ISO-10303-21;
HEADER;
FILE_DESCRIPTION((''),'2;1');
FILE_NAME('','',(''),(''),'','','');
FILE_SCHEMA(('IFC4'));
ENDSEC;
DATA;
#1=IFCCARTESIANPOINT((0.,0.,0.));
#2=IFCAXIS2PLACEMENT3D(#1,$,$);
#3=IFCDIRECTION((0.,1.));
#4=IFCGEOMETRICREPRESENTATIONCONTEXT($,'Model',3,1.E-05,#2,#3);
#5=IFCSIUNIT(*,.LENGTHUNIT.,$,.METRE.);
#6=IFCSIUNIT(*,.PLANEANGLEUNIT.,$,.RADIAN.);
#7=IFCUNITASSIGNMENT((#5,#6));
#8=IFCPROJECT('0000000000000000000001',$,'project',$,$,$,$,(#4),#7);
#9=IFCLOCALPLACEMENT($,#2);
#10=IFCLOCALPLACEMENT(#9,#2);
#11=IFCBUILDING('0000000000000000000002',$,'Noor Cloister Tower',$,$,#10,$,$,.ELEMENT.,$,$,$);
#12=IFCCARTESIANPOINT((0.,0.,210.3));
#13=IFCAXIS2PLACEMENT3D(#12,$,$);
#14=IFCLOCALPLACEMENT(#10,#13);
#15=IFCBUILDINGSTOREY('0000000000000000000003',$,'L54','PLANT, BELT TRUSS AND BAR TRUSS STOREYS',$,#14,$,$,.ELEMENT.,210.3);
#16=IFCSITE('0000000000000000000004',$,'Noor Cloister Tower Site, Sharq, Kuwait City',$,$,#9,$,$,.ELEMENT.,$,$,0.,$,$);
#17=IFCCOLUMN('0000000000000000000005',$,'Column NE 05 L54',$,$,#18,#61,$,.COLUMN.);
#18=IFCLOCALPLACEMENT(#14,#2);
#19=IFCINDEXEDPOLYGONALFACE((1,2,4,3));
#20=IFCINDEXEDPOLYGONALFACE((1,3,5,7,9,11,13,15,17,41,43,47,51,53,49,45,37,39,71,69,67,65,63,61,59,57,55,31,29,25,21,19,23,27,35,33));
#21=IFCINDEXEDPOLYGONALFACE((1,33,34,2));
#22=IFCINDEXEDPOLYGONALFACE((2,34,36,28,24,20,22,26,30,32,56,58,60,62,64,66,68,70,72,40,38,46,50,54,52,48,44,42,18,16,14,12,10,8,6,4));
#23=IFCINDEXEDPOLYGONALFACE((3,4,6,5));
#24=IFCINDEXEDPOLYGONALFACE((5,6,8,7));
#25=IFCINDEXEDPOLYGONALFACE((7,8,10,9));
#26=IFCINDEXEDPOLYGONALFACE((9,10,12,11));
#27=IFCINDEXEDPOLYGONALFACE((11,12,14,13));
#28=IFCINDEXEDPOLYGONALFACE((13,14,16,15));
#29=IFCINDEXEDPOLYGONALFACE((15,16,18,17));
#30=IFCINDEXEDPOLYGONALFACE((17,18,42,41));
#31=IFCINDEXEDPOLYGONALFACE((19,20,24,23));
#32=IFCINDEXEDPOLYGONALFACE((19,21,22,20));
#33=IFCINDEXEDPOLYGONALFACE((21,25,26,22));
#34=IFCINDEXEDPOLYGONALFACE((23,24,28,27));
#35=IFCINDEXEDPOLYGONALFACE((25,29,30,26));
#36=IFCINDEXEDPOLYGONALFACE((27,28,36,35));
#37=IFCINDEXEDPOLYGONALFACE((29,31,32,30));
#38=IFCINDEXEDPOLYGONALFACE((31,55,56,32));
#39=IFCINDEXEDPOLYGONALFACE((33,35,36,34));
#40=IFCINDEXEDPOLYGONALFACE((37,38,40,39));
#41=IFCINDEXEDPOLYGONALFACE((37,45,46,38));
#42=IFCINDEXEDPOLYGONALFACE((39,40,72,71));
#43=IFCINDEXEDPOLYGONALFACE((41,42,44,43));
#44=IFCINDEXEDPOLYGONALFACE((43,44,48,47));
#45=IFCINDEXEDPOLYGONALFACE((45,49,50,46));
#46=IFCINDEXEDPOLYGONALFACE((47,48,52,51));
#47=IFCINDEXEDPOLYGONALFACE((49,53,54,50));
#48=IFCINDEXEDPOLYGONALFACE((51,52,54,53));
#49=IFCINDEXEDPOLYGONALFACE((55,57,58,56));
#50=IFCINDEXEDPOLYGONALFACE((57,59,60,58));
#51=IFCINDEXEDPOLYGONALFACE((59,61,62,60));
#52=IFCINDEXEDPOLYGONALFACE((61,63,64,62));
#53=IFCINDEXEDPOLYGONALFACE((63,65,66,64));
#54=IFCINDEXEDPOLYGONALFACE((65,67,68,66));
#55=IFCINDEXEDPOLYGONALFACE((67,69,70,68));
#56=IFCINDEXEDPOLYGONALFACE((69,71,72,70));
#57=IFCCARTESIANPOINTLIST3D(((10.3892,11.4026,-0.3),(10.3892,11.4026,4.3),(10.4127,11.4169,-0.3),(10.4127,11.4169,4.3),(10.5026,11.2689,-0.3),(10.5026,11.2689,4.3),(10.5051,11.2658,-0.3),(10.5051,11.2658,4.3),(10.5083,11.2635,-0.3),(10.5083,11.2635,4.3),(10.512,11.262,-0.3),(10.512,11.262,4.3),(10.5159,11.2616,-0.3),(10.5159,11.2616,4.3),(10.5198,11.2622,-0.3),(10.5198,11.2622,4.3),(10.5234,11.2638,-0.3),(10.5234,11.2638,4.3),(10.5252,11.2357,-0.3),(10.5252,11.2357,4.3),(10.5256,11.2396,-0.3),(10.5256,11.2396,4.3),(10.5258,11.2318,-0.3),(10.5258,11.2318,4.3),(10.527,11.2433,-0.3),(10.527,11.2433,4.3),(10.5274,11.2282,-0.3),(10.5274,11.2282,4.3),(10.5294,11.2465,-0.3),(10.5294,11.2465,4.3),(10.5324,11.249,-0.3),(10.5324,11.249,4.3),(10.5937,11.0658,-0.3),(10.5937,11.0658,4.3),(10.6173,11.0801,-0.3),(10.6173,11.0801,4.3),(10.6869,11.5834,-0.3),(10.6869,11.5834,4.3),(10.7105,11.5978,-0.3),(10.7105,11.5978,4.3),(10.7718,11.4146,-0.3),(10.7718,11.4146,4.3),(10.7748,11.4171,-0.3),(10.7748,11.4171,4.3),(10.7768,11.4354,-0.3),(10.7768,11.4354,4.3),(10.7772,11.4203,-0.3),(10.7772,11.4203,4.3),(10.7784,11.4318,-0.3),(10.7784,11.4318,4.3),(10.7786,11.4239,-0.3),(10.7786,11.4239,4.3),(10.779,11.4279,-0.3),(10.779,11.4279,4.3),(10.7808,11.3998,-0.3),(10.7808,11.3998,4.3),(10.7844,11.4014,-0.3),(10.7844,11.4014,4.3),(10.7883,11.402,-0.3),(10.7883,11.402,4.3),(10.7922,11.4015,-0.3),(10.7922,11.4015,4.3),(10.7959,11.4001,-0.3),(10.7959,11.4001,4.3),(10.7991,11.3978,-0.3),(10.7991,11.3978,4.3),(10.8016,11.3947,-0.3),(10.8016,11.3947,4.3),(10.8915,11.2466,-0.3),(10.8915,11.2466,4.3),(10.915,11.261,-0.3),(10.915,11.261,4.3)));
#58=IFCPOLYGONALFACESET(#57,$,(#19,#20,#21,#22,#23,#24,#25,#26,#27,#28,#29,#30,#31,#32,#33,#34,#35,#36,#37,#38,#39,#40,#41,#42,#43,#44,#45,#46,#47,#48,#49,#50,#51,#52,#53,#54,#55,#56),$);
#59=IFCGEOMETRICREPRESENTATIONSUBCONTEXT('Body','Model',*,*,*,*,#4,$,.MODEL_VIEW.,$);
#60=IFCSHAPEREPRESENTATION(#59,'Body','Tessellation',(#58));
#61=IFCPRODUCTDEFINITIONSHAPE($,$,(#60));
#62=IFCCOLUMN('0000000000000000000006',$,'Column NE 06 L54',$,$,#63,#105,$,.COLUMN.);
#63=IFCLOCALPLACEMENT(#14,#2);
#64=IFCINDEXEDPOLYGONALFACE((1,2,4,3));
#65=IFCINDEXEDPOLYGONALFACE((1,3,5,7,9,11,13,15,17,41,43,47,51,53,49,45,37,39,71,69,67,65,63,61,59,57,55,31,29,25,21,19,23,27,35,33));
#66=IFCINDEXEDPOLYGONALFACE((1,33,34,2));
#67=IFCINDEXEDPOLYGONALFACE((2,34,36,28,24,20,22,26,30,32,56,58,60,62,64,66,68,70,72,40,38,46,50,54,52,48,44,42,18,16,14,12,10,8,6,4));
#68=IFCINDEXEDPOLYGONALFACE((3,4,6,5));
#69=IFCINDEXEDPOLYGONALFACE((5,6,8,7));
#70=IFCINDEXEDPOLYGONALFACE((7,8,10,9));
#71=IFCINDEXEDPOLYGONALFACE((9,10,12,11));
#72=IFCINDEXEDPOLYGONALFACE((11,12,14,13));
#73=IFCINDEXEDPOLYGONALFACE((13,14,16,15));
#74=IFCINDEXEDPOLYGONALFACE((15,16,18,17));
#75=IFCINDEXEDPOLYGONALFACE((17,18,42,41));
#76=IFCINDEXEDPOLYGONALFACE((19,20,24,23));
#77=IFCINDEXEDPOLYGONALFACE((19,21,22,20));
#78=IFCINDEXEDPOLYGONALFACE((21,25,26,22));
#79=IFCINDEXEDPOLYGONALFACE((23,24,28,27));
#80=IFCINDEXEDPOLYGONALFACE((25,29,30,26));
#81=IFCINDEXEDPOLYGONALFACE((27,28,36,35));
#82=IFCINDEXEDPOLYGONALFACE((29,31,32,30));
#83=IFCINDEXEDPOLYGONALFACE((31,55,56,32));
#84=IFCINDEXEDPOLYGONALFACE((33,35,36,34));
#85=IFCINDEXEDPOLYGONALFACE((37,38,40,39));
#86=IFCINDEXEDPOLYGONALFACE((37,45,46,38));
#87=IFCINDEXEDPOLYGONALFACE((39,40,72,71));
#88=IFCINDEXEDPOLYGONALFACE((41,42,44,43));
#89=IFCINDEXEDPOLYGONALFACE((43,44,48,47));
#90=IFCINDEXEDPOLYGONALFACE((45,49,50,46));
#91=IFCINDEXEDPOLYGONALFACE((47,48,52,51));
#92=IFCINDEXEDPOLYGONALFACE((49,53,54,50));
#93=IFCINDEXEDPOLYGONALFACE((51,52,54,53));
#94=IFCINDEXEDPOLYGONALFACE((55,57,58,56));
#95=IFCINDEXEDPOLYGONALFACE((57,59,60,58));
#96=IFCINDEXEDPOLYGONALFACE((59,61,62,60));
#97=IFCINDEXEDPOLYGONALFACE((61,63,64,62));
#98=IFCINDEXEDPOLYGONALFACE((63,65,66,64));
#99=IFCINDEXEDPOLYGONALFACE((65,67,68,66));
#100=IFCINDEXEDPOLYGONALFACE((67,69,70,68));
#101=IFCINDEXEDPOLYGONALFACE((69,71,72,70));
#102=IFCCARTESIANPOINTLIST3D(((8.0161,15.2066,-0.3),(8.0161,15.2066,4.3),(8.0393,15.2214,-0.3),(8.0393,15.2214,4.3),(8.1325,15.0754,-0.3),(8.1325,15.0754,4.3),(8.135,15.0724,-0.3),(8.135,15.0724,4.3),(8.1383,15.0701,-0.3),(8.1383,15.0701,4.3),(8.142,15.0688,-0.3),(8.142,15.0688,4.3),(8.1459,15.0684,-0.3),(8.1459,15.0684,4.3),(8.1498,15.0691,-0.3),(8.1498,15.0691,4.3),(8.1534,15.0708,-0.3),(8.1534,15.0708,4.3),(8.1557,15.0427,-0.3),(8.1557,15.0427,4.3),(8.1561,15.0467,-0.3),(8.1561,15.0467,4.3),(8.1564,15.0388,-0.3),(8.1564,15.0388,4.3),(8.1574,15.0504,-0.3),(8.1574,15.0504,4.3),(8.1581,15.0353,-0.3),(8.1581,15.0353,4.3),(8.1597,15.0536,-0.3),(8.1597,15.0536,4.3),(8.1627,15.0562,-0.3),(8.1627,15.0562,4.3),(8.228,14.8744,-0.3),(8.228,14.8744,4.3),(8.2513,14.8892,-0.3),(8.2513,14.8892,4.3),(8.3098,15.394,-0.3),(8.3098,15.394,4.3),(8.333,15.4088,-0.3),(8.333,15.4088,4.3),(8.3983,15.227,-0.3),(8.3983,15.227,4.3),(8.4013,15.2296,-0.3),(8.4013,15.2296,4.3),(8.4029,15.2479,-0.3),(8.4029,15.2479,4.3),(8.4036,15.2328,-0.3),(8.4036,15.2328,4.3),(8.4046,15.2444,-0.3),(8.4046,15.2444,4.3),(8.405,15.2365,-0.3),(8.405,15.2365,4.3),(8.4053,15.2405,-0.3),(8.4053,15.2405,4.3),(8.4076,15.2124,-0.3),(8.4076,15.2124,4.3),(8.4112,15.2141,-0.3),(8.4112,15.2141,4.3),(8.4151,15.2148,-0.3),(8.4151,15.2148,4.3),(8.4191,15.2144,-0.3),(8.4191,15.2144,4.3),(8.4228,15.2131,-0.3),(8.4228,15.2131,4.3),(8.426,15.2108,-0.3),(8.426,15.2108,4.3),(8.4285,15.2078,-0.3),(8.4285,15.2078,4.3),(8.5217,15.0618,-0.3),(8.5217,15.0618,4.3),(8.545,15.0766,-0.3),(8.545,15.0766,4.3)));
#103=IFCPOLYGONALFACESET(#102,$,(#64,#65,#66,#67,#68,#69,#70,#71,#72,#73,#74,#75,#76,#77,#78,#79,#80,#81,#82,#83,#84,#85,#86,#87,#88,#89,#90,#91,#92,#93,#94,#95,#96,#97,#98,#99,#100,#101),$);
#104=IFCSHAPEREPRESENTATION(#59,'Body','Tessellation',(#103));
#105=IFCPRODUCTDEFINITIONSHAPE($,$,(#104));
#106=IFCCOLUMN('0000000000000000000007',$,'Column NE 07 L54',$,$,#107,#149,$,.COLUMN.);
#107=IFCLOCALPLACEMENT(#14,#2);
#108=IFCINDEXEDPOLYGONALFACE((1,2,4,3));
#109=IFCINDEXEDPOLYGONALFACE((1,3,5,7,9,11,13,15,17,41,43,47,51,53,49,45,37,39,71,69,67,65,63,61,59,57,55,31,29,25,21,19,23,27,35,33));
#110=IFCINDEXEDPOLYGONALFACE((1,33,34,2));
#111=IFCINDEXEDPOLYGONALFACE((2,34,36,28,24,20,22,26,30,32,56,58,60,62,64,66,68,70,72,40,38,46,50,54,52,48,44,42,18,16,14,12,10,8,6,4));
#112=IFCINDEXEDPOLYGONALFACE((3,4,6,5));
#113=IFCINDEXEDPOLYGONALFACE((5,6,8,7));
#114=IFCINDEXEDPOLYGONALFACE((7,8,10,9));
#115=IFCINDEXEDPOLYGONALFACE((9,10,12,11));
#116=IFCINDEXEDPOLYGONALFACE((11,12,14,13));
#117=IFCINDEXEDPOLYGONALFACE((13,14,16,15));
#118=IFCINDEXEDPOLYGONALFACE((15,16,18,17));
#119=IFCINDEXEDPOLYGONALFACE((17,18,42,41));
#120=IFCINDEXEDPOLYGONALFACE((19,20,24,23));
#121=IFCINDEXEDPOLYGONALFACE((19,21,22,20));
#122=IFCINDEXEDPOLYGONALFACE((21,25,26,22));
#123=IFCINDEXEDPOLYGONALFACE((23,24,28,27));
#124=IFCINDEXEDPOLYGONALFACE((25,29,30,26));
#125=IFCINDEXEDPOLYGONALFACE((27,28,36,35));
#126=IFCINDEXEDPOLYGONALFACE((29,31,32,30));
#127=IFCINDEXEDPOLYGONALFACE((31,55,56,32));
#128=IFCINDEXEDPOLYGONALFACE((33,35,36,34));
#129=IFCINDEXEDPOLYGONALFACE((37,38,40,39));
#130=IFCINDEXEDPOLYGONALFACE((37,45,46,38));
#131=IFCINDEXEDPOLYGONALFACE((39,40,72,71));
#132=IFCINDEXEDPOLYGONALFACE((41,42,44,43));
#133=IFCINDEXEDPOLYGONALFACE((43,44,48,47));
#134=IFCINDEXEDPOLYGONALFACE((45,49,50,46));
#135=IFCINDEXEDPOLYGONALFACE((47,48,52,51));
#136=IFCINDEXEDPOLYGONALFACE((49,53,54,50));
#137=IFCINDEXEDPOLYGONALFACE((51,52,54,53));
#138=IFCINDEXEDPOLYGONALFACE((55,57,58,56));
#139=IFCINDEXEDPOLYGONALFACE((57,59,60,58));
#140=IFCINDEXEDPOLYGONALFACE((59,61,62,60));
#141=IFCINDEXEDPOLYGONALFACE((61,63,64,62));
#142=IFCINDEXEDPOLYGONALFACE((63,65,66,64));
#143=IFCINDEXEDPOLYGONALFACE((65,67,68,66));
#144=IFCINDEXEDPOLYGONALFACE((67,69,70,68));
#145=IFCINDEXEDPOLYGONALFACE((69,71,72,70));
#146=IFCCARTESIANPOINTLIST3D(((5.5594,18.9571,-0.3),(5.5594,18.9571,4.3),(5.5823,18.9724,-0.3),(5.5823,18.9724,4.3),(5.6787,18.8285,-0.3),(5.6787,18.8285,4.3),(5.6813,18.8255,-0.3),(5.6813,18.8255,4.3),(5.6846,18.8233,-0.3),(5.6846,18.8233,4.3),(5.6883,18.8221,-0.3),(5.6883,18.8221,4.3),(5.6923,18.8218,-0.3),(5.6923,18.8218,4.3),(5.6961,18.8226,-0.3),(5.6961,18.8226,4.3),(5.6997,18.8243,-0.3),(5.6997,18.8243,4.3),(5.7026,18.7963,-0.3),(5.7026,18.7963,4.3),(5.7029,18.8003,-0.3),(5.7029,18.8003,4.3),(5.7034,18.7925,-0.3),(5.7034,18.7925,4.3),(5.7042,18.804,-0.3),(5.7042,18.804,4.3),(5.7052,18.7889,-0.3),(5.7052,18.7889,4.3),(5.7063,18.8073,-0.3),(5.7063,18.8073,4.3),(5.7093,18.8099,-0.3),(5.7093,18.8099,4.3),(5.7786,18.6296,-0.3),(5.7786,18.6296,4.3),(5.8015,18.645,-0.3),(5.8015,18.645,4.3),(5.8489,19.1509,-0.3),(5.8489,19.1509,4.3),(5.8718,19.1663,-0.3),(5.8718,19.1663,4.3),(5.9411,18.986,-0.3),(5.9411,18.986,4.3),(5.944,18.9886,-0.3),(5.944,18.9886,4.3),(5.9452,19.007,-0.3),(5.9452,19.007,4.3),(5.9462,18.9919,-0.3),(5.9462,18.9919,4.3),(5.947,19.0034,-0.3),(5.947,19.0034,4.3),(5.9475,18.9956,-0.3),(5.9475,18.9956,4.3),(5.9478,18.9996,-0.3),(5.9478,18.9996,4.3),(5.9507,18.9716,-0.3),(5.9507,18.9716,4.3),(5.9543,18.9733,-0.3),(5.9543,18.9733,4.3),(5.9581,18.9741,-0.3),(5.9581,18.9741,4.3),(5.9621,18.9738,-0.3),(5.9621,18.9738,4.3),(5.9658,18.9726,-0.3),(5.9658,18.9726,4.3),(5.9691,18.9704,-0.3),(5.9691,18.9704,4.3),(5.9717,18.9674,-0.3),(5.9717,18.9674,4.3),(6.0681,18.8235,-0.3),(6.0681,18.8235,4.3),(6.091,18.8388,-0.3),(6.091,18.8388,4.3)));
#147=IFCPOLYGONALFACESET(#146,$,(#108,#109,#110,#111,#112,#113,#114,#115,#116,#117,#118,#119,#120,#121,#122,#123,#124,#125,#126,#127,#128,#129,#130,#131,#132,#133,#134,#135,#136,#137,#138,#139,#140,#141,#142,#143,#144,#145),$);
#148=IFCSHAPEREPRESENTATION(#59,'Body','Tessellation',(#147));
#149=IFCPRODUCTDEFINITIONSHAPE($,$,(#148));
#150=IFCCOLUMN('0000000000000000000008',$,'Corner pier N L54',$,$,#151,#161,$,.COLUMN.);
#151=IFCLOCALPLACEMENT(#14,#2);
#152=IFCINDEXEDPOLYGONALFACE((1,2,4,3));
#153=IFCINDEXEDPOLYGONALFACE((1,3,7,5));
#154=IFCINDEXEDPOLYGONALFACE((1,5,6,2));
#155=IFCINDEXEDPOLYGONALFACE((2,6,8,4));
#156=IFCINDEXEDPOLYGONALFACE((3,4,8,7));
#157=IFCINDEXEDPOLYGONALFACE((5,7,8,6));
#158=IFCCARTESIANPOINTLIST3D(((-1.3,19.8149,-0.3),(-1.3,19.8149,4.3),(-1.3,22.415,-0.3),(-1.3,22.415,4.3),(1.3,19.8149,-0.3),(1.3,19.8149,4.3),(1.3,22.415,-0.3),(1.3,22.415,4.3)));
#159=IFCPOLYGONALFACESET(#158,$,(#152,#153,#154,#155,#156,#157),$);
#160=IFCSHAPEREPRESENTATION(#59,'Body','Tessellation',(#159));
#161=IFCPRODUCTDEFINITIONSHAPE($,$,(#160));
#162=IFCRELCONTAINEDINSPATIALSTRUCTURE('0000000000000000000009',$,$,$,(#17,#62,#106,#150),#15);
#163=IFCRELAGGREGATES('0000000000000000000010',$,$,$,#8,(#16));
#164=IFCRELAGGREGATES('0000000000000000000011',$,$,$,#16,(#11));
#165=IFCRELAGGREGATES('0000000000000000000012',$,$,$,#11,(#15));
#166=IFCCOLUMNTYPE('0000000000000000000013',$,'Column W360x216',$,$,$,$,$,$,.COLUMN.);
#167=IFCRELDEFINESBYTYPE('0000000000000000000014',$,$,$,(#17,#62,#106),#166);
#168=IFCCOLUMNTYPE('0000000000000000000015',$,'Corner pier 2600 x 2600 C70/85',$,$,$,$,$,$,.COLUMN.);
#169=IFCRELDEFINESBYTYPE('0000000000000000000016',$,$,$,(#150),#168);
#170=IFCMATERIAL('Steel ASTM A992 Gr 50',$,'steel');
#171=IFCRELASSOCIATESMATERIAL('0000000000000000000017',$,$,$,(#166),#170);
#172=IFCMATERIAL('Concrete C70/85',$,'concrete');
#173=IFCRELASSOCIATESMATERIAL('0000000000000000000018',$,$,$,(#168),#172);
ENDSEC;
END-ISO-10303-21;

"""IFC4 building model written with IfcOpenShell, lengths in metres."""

from ifc_helpers import new_model, si_unit, direction, frame, origin, origin_2d, place, context, subcontext, project, spatial, rectangle, i_section, extrude, material, material_profile, profile_set, type_object, element, save


model = new_model("IFC4")

# Units and contexts
model_context = context("Model", 3, precision=1e-05, world=origin(), true_north=direction((0.0, 1.0)))
body_context = subcontext(model_context, "Body", "Model", "MODEL_VIEW")
ifc_project = project(units=[si_unit("LENGTHUNIT", "METRE"), si_unit("PLANEANGLEUNIT", "RADIAN")], contexts=[model_context])

# Site, building, storey
site_placement = place(None, origin())
site = spatial("IfcSite", under=ifc_project, at=site_placement, Name="Noor Cloister Tower Site, Sharq, Kuwait City", CompositionType="ELEMENT", RefElevation=0.0)
building_placement = place(site_placement, origin())
building = spatial("IfcBuilding", under=site, at=building_placement, Name="Noor Cloister Tower", CompositionType="ELEMENT")
storey_placement = place(building_placement, frame((0.0, 0.0, 210.3)))
storey = spatial("IfcBuildingStorey", under=building, at=storey_placement, Name="L54", Description="PLANT, BELT TRUSS AND BAR TRUSS STOREYS", CompositionType="ELEMENT", Elevation=210.3)

# Columns
ifc_material_1 = material(Name="Steel ASTM A992 Gr 50", Category="steel")
ifc_material_profile_1 = material_profile(ifc_material_1, i_section(OverallWidth=0.394, OverallDepth=0.376, WebThickness=0.0173, FlangeThickness=0.0276, FilletRadius=0.0151, at=origin_2d()), Name="W360x216")
ifc_profile_set_1 = profile_set([ifc_material_profile_1], Name="Steel ASTM A992 Gr 50")
column_type_1 = type_object("IfcColumnType", Name="Column W360x216", PredefinedType="COLUMN", material=ifc_profile_set_1)
for number, where, z_axis, x_axis, name in (
    (1, (10.6521, 11.3318, -0.3), (0.0, 0.0, 1.0), (-0.519044, 0.854747, 0.0), "Column NE 05 L54"),
    (2, (8.2805, 15.1416, -0.3), (0.0, 0.0, 1.0), (-0.537834, 0.843051, 0.0), "Column NE 06 L54"),
    (3, (5.8252, 18.8979, -0.3), (0.0, 0.0, 1.0), (-0.55636, 0.830941, 0.0), "Column NE 07 L54"),
):
    element("IfcColumn", number, at=place(storey_placement, frame(where, z_axis=z_axis, x_axis=x_axis)), inside=storey, type_object=column_type_1, Name=name, PredefinedType="COLUMN", context=body_context, shape_type="SweptSolid", body=[
        extrude(i_section(OverallWidth=0.394, OverallDepth=0.376, WebThickness=0.0173, FlangeThickness=0.0276, FilletRadius=0.0151, at=origin_2d()), origin(), (0.0, 0.0, 1.0), 4.6001),
    ])
ifc_material_2 = material(Name="Concrete C70/85", Category="concrete")
ifc_material_profile_2 = material_profile(ifc_material_2, rectangle(XDim=2.6001, YDim=2.6001, at=origin_2d()), Name="RC 2600x2600")
ifc_profile_set_2 = profile_set([ifc_material_profile_2], Name="Concrete C70/85")
column_type_2 = type_object("IfcColumnType", Name="Corner pier 2600 x 2600 C70/85", PredefinedType="COLUMN", material=ifc_profile_set_2)
column_placement = place(storey_placement, frame((0.0, 21.115, -0.3), z_axis=(0.0, 0.0, 1.0), x_axis=(0.0, 1.0, 0.0)))
element("IfcColumn", 4, at=column_placement, inside=storey, type_object=column_type_2, Name="Corner pier N L54", PredefinedType="COLUMN", context=body_context, shape_type="SweptSolid", body=[
    extrude(rectangle(XDim=2.6001, YDim=2.6001, at=origin_2d()), origin(), (0.0, 0.0, 1.0), 4.6001),
])

save(model, "model.ifc")
